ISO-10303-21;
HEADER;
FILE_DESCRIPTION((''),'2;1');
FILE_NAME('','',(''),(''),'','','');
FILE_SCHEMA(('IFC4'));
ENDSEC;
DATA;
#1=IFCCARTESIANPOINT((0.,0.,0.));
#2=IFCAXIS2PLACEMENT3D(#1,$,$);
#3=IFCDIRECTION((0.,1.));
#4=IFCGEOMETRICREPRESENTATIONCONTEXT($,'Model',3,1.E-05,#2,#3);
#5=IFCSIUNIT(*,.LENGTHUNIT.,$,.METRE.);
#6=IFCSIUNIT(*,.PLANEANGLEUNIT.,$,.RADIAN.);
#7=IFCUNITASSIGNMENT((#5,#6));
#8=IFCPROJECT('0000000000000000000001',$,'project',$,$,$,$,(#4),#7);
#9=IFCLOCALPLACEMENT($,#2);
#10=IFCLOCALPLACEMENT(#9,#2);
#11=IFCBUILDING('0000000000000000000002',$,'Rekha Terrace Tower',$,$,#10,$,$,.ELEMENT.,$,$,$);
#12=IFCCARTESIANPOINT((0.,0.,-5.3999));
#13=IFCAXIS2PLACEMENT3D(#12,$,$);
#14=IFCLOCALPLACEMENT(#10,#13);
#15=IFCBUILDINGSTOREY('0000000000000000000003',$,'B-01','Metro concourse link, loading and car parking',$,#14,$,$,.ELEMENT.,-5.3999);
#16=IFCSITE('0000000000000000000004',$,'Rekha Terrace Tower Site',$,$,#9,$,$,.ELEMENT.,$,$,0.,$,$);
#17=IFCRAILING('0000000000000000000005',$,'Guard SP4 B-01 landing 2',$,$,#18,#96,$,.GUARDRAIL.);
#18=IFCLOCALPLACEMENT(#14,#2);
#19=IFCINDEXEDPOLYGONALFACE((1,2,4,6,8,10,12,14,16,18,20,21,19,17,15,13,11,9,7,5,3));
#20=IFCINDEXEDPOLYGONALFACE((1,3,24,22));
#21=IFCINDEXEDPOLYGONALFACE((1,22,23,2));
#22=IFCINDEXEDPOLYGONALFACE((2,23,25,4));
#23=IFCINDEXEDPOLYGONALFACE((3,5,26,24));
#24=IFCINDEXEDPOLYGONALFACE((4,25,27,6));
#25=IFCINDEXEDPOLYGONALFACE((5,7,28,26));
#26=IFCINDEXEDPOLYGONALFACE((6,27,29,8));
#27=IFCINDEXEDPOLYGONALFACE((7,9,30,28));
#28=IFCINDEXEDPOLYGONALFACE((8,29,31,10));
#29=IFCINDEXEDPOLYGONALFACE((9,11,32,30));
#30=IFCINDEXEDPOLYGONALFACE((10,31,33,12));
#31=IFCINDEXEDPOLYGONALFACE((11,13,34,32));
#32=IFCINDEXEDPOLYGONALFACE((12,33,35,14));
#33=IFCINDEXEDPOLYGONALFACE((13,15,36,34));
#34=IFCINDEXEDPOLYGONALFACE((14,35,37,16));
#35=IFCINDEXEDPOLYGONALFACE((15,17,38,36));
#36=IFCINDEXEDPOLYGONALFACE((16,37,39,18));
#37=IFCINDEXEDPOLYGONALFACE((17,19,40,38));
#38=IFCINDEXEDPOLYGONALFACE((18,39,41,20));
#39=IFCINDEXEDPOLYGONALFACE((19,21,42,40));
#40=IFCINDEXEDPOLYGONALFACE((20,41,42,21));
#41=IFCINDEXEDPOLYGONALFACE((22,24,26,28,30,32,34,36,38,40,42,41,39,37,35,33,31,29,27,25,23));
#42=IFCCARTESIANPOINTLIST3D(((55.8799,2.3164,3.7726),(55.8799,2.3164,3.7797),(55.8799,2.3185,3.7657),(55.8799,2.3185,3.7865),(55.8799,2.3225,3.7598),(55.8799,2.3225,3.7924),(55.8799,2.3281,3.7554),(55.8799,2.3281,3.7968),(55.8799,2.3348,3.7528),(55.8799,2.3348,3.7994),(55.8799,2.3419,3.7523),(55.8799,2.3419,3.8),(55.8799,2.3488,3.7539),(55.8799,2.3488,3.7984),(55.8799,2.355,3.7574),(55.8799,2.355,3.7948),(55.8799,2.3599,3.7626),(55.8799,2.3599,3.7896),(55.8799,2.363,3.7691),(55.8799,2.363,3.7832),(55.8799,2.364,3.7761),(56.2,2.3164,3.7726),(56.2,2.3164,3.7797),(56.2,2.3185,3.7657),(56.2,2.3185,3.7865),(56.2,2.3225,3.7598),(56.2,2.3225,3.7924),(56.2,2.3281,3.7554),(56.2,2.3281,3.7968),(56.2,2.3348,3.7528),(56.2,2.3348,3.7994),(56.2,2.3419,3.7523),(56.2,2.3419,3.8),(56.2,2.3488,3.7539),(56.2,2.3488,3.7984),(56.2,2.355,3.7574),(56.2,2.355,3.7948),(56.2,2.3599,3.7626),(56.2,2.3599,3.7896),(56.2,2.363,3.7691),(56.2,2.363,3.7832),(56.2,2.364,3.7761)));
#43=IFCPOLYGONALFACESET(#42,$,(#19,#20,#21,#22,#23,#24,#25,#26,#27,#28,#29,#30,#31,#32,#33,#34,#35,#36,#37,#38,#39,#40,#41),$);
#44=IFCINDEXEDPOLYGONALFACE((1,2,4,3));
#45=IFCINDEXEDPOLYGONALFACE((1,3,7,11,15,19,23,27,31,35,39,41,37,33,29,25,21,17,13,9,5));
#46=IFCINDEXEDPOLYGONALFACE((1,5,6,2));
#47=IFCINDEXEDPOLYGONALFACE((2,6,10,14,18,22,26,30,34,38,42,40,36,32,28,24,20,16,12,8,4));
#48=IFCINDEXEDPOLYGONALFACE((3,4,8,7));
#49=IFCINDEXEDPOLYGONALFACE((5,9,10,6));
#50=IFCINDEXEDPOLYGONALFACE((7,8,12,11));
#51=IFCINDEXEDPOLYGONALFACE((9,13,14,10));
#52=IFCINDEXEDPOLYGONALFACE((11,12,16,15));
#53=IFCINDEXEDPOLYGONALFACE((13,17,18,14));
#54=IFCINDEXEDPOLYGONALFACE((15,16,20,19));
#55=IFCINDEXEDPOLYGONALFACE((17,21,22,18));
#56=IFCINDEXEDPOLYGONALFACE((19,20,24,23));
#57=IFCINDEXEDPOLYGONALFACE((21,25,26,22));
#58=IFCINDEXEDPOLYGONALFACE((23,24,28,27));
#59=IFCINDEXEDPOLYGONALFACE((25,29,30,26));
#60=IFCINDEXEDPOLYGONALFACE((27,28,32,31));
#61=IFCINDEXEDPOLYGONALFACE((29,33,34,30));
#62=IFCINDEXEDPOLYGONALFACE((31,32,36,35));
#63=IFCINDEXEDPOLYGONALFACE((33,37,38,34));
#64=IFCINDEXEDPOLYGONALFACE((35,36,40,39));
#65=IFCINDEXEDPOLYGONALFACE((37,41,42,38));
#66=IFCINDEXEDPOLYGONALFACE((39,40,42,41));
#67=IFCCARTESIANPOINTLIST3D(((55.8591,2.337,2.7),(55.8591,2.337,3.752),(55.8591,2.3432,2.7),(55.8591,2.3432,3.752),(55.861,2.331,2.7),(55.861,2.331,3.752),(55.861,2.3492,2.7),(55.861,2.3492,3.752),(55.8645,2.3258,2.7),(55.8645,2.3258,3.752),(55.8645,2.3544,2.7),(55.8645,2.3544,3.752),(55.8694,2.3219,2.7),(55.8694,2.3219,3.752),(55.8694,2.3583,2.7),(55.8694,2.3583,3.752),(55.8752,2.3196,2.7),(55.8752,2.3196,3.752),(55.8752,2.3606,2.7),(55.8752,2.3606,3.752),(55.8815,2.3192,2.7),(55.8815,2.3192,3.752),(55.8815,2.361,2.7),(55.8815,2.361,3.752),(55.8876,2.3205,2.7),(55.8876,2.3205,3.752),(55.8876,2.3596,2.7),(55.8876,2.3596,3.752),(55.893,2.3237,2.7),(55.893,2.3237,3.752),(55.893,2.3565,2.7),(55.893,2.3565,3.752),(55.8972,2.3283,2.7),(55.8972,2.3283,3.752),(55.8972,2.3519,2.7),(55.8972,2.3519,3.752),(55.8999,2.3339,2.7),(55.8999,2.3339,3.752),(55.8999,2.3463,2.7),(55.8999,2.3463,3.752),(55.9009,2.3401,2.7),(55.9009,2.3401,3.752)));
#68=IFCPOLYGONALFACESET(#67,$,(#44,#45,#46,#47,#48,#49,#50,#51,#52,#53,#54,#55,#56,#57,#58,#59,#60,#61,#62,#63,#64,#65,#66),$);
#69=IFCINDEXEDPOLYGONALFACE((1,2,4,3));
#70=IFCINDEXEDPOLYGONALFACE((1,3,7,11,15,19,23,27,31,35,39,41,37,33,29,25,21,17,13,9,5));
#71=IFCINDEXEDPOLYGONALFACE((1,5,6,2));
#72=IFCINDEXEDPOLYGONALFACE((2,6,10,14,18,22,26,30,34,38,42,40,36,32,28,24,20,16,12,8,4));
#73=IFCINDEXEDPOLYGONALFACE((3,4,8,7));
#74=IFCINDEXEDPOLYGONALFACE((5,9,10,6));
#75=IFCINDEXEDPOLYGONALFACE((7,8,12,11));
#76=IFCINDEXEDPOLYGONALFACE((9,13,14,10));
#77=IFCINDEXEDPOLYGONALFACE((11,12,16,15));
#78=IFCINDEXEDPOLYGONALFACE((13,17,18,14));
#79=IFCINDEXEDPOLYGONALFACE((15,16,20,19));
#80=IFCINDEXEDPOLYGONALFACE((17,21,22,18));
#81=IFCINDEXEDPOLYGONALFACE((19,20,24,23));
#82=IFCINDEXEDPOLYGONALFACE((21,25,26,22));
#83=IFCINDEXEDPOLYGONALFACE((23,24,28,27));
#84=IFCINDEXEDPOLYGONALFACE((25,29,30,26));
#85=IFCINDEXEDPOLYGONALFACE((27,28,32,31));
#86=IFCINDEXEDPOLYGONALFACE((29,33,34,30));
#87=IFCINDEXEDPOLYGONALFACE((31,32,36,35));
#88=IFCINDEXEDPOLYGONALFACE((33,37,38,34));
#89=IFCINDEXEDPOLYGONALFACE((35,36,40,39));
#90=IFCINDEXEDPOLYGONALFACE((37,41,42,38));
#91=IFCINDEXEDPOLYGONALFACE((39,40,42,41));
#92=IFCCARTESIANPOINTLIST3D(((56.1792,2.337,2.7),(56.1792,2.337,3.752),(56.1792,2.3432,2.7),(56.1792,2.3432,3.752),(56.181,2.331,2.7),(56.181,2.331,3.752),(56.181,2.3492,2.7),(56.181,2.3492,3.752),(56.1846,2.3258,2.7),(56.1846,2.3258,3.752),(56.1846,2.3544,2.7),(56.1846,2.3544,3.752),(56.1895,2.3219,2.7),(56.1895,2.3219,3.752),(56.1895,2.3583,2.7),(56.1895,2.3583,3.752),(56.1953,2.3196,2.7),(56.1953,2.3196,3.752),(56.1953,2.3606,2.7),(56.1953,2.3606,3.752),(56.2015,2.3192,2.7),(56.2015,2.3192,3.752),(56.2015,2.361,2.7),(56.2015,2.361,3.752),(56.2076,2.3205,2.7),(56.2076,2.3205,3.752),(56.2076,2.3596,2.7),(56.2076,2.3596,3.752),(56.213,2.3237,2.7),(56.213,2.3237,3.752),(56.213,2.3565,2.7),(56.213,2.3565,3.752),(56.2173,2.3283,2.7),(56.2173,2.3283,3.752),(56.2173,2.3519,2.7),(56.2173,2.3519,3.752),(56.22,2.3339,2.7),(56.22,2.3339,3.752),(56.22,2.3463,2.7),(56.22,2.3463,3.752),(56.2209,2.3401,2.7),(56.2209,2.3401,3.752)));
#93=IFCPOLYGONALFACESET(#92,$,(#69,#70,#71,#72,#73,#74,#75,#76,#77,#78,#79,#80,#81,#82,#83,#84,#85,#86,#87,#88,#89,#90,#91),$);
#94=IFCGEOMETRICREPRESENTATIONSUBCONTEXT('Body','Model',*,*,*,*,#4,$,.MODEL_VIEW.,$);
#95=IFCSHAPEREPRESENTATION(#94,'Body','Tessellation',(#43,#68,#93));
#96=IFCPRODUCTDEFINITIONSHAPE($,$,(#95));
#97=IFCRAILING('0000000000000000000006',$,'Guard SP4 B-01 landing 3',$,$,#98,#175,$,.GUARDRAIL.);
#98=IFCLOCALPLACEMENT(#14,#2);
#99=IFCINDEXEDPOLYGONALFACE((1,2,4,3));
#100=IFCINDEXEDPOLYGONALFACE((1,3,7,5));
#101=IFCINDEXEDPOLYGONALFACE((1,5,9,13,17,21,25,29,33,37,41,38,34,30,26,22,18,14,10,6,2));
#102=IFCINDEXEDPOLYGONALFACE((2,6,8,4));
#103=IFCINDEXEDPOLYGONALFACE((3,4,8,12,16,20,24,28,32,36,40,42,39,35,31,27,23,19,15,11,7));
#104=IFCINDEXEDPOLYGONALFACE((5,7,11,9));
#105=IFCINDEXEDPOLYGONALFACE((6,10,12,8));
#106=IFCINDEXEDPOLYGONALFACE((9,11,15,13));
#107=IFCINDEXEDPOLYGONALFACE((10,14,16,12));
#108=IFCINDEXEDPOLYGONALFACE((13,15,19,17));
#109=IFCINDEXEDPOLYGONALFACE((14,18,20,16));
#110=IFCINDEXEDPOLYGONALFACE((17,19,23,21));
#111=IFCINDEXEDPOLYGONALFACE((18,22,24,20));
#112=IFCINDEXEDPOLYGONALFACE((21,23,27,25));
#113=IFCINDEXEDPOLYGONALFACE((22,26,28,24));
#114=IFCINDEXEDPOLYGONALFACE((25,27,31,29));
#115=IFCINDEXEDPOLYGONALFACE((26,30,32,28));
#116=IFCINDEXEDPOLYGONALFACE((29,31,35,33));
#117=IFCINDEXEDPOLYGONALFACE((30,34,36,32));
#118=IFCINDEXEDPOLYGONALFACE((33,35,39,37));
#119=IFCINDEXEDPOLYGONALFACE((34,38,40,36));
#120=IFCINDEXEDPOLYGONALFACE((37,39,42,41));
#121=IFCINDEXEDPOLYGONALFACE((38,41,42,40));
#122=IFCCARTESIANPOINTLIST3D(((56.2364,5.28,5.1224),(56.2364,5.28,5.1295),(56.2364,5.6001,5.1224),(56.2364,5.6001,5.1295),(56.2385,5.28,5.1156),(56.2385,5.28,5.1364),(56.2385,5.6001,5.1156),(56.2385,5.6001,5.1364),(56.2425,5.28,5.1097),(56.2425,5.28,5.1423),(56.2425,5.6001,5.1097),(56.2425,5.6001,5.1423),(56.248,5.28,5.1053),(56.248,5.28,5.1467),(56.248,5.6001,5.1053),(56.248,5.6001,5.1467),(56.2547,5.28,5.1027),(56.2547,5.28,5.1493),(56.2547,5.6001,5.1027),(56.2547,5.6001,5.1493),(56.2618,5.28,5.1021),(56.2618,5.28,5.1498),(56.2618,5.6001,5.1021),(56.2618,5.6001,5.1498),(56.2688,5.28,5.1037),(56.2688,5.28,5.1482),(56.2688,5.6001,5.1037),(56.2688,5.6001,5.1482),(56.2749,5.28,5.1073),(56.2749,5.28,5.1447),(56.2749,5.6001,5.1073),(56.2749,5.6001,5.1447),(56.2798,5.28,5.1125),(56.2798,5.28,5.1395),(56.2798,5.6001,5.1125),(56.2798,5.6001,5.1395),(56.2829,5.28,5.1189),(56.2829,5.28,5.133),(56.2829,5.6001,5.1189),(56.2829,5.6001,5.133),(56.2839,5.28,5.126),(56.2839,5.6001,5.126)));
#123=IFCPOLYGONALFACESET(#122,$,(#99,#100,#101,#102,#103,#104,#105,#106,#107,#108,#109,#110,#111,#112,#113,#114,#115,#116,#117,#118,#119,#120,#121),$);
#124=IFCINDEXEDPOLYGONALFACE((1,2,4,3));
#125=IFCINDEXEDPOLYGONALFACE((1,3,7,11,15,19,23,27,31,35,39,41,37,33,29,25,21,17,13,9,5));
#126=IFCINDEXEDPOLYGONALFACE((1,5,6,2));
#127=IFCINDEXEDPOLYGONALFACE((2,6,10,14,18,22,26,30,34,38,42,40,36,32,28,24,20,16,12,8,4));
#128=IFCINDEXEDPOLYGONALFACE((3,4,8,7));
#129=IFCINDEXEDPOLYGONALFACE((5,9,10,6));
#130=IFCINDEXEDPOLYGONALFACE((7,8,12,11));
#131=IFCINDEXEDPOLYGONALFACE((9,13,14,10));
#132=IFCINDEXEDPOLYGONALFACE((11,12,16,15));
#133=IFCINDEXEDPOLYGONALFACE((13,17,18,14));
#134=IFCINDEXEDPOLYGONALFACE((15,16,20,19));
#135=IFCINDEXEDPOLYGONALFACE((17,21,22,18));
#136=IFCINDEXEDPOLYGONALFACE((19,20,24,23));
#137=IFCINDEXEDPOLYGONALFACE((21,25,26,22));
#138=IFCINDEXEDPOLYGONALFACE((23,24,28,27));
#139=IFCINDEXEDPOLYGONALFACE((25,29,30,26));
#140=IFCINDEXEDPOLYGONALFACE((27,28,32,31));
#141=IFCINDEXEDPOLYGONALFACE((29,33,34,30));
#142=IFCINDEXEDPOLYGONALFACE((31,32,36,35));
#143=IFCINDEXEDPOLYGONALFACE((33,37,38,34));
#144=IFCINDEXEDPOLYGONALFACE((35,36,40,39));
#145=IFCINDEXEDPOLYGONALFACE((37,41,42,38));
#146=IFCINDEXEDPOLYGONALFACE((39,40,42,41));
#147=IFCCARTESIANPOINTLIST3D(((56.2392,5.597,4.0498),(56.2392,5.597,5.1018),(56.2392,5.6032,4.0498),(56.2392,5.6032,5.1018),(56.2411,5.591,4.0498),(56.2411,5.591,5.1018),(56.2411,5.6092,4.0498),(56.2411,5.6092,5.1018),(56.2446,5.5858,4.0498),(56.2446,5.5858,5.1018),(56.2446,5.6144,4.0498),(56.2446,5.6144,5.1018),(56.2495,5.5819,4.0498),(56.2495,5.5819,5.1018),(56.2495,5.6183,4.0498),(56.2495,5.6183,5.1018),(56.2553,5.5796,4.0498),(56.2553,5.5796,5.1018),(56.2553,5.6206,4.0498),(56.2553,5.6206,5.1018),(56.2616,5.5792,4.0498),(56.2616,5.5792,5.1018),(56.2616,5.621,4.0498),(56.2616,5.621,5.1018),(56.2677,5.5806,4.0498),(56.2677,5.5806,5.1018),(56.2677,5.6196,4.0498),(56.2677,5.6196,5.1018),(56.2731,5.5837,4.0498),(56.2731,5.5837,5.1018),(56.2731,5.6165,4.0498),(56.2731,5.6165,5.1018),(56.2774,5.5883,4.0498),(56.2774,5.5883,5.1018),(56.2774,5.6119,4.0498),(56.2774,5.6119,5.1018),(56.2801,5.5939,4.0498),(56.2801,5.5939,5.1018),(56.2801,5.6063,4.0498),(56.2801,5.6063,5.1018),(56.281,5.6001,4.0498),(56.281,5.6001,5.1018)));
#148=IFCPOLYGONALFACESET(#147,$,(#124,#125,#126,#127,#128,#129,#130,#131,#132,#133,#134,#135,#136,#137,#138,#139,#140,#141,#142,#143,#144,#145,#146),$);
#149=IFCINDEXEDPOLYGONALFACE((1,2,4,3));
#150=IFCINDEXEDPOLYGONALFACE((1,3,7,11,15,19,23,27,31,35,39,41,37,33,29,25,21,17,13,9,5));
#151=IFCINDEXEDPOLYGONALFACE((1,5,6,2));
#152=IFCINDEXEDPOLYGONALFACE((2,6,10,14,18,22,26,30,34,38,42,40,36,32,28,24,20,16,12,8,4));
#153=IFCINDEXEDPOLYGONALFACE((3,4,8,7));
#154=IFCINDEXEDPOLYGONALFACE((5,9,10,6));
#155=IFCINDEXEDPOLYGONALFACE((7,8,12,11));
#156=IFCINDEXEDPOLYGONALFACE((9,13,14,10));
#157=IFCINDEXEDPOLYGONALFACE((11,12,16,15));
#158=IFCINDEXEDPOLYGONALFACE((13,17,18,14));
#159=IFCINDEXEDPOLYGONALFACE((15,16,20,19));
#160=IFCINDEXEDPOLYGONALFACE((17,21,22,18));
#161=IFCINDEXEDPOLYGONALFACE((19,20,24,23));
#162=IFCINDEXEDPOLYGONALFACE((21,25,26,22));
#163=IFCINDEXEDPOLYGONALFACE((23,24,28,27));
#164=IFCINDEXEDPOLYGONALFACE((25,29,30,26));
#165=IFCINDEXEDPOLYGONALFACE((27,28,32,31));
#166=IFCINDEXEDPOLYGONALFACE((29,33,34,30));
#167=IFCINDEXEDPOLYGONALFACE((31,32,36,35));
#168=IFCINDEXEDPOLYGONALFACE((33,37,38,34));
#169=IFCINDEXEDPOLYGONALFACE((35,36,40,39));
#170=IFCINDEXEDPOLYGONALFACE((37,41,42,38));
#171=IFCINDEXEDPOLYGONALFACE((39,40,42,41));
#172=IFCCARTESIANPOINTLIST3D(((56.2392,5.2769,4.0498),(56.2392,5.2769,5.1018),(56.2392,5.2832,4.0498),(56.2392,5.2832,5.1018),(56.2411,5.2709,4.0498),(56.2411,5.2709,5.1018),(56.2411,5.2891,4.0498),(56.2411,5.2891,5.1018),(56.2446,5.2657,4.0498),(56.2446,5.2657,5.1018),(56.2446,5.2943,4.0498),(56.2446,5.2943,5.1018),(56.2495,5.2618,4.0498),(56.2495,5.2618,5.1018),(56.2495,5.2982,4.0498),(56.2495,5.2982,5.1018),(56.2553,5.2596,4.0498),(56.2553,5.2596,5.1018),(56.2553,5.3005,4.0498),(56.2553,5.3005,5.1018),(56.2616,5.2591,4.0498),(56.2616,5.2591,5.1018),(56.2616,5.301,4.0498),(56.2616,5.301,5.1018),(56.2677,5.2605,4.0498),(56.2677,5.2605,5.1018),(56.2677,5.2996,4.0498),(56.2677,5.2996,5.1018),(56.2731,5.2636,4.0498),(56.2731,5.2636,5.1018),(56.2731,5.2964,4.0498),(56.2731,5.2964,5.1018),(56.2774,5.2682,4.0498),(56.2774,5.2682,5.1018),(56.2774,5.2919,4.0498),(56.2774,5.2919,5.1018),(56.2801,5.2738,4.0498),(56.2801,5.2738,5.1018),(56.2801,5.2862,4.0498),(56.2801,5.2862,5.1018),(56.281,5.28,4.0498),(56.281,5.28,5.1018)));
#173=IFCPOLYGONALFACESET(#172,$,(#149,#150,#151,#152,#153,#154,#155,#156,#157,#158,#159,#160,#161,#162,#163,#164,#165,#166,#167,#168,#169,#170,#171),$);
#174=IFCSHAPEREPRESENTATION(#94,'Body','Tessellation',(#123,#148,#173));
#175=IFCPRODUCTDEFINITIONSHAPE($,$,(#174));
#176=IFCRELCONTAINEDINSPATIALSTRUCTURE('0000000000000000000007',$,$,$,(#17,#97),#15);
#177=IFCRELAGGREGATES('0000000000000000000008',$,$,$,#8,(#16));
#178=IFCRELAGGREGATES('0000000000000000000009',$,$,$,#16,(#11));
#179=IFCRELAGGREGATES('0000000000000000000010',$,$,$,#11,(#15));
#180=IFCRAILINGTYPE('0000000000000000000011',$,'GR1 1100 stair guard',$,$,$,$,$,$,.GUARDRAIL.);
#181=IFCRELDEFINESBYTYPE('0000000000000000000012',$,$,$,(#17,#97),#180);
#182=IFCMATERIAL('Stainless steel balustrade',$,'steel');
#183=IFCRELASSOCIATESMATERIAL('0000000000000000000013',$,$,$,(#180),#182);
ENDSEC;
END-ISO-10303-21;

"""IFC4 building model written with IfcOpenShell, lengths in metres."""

from ifc_helpers import new_model, si_unit, direction, frame, origin, origin_2d, place, context, subcontext, project, spatial, circle, extrude, material, type_object, element, save


model = new_model("IFC4")

# Units and contexts
model_context = context("Model", 3, precision=1e-05, world=origin(), true_north=direction((0.0, 1.0)))
body_context = subcontext(model_context, "Body", "Model", "MODEL_VIEW")
ifc_project = project(units=[si_unit("LENGTHUNIT", "METRE"), si_unit("PLANEANGLEUNIT", "RADIAN")], contexts=[model_context])

# Site, building, storey
site_placement = place(None, origin())
site = spatial("IfcSite", under=ifc_project, at=site_placement, Name="Rekha Terrace Tower Site", CompositionType="ELEMENT", RefElevation=0.0)
building_placement = place(site_placement, origin())
building = spatial("IfcBuilding", under=site, at=building_placement, Name="Rekha Terrace Tower", CompositionType="ELEMENT")
storey_placement = place(building_placement, frame((0.0, 0.0, -5.3999)))
storey = spatial("IfcBuildingStorey", under=building, at=storey_placement, Name="B-01", Description="Metro concourse link, loading and car parking", CompositionType="ELEMENT", Elevation=-5.3999)

# Railings
ifc_material_1 = material(Name="Stainless steel balustrade", Category="steel")
railing_type_1 = type_object("IfcRailingType", Name="GR1 1100 stair guard", PredefinedType="GUARDRAIL", material=ifc_material_1)
railing_1_placement = place(storey_placement, frame((55.8799, 2.3401, 2.7)))
element("IfcRailing", 1, at=railing_1_placement, inside=storey, type_object=railing_type_1, Name="Guard SP4 B-01 landing 2", PredefinedType="GUARDRAIL", context=body_context, shape_type="SweptSolid", body=[
    extrude(circle(Radius=0.0239, at=origin_2d()), frame((0.0, 0.0, 1.0762), z_axis=(1.0, 0.0, 0.0), x_axis=(0.0, 1.0, 0.0)), (0.0, 0.0, 1.0), 0.3201),
    extrude(circle(Radius=0.021, at=origin_2d()), origin(), (0.0, 0.0, 1.0), 1.052),
    extrude(circle(Radius=0.021, at=origin_2d()), frame((0.3201, 0.0, 0.0)), (0.0, 0.0, 1.0), 1.052),
])
railing_2_placement = place(storey_placement, frame((56.26, 5.6001, 4.0498)))
element("IfcRailing", 2, at=railing_2_placement, inside=storey, type_object=railing_type_1, Name="Guard SP4 B-01 landing 3", PredefinedType="GUARDRAIL", context=body_context, shape_type="SweptSolid", body=[
    extrude(circle(Radius=0.0239, at=origin_2d()), frame((0.0, 0.0, 1.0762), z_axis=(0.0, -1.0, 0.0), x_axis=(1.0, 0.0, 0.0)), (0.0, 0.0, 1.0), 0.3201),
    extrude(circle(Radius=0.021, at=origin_2d()), origin(), (0.0, 0.0, 1.0), 1.052),
    extrude(circle(Radius=0.021, at=origin_2d()), frame((0.0, -0.3201, 0.0)), (0.0, 0.0, 1.0), 1.052),
])

save(model, "model.ifc")
